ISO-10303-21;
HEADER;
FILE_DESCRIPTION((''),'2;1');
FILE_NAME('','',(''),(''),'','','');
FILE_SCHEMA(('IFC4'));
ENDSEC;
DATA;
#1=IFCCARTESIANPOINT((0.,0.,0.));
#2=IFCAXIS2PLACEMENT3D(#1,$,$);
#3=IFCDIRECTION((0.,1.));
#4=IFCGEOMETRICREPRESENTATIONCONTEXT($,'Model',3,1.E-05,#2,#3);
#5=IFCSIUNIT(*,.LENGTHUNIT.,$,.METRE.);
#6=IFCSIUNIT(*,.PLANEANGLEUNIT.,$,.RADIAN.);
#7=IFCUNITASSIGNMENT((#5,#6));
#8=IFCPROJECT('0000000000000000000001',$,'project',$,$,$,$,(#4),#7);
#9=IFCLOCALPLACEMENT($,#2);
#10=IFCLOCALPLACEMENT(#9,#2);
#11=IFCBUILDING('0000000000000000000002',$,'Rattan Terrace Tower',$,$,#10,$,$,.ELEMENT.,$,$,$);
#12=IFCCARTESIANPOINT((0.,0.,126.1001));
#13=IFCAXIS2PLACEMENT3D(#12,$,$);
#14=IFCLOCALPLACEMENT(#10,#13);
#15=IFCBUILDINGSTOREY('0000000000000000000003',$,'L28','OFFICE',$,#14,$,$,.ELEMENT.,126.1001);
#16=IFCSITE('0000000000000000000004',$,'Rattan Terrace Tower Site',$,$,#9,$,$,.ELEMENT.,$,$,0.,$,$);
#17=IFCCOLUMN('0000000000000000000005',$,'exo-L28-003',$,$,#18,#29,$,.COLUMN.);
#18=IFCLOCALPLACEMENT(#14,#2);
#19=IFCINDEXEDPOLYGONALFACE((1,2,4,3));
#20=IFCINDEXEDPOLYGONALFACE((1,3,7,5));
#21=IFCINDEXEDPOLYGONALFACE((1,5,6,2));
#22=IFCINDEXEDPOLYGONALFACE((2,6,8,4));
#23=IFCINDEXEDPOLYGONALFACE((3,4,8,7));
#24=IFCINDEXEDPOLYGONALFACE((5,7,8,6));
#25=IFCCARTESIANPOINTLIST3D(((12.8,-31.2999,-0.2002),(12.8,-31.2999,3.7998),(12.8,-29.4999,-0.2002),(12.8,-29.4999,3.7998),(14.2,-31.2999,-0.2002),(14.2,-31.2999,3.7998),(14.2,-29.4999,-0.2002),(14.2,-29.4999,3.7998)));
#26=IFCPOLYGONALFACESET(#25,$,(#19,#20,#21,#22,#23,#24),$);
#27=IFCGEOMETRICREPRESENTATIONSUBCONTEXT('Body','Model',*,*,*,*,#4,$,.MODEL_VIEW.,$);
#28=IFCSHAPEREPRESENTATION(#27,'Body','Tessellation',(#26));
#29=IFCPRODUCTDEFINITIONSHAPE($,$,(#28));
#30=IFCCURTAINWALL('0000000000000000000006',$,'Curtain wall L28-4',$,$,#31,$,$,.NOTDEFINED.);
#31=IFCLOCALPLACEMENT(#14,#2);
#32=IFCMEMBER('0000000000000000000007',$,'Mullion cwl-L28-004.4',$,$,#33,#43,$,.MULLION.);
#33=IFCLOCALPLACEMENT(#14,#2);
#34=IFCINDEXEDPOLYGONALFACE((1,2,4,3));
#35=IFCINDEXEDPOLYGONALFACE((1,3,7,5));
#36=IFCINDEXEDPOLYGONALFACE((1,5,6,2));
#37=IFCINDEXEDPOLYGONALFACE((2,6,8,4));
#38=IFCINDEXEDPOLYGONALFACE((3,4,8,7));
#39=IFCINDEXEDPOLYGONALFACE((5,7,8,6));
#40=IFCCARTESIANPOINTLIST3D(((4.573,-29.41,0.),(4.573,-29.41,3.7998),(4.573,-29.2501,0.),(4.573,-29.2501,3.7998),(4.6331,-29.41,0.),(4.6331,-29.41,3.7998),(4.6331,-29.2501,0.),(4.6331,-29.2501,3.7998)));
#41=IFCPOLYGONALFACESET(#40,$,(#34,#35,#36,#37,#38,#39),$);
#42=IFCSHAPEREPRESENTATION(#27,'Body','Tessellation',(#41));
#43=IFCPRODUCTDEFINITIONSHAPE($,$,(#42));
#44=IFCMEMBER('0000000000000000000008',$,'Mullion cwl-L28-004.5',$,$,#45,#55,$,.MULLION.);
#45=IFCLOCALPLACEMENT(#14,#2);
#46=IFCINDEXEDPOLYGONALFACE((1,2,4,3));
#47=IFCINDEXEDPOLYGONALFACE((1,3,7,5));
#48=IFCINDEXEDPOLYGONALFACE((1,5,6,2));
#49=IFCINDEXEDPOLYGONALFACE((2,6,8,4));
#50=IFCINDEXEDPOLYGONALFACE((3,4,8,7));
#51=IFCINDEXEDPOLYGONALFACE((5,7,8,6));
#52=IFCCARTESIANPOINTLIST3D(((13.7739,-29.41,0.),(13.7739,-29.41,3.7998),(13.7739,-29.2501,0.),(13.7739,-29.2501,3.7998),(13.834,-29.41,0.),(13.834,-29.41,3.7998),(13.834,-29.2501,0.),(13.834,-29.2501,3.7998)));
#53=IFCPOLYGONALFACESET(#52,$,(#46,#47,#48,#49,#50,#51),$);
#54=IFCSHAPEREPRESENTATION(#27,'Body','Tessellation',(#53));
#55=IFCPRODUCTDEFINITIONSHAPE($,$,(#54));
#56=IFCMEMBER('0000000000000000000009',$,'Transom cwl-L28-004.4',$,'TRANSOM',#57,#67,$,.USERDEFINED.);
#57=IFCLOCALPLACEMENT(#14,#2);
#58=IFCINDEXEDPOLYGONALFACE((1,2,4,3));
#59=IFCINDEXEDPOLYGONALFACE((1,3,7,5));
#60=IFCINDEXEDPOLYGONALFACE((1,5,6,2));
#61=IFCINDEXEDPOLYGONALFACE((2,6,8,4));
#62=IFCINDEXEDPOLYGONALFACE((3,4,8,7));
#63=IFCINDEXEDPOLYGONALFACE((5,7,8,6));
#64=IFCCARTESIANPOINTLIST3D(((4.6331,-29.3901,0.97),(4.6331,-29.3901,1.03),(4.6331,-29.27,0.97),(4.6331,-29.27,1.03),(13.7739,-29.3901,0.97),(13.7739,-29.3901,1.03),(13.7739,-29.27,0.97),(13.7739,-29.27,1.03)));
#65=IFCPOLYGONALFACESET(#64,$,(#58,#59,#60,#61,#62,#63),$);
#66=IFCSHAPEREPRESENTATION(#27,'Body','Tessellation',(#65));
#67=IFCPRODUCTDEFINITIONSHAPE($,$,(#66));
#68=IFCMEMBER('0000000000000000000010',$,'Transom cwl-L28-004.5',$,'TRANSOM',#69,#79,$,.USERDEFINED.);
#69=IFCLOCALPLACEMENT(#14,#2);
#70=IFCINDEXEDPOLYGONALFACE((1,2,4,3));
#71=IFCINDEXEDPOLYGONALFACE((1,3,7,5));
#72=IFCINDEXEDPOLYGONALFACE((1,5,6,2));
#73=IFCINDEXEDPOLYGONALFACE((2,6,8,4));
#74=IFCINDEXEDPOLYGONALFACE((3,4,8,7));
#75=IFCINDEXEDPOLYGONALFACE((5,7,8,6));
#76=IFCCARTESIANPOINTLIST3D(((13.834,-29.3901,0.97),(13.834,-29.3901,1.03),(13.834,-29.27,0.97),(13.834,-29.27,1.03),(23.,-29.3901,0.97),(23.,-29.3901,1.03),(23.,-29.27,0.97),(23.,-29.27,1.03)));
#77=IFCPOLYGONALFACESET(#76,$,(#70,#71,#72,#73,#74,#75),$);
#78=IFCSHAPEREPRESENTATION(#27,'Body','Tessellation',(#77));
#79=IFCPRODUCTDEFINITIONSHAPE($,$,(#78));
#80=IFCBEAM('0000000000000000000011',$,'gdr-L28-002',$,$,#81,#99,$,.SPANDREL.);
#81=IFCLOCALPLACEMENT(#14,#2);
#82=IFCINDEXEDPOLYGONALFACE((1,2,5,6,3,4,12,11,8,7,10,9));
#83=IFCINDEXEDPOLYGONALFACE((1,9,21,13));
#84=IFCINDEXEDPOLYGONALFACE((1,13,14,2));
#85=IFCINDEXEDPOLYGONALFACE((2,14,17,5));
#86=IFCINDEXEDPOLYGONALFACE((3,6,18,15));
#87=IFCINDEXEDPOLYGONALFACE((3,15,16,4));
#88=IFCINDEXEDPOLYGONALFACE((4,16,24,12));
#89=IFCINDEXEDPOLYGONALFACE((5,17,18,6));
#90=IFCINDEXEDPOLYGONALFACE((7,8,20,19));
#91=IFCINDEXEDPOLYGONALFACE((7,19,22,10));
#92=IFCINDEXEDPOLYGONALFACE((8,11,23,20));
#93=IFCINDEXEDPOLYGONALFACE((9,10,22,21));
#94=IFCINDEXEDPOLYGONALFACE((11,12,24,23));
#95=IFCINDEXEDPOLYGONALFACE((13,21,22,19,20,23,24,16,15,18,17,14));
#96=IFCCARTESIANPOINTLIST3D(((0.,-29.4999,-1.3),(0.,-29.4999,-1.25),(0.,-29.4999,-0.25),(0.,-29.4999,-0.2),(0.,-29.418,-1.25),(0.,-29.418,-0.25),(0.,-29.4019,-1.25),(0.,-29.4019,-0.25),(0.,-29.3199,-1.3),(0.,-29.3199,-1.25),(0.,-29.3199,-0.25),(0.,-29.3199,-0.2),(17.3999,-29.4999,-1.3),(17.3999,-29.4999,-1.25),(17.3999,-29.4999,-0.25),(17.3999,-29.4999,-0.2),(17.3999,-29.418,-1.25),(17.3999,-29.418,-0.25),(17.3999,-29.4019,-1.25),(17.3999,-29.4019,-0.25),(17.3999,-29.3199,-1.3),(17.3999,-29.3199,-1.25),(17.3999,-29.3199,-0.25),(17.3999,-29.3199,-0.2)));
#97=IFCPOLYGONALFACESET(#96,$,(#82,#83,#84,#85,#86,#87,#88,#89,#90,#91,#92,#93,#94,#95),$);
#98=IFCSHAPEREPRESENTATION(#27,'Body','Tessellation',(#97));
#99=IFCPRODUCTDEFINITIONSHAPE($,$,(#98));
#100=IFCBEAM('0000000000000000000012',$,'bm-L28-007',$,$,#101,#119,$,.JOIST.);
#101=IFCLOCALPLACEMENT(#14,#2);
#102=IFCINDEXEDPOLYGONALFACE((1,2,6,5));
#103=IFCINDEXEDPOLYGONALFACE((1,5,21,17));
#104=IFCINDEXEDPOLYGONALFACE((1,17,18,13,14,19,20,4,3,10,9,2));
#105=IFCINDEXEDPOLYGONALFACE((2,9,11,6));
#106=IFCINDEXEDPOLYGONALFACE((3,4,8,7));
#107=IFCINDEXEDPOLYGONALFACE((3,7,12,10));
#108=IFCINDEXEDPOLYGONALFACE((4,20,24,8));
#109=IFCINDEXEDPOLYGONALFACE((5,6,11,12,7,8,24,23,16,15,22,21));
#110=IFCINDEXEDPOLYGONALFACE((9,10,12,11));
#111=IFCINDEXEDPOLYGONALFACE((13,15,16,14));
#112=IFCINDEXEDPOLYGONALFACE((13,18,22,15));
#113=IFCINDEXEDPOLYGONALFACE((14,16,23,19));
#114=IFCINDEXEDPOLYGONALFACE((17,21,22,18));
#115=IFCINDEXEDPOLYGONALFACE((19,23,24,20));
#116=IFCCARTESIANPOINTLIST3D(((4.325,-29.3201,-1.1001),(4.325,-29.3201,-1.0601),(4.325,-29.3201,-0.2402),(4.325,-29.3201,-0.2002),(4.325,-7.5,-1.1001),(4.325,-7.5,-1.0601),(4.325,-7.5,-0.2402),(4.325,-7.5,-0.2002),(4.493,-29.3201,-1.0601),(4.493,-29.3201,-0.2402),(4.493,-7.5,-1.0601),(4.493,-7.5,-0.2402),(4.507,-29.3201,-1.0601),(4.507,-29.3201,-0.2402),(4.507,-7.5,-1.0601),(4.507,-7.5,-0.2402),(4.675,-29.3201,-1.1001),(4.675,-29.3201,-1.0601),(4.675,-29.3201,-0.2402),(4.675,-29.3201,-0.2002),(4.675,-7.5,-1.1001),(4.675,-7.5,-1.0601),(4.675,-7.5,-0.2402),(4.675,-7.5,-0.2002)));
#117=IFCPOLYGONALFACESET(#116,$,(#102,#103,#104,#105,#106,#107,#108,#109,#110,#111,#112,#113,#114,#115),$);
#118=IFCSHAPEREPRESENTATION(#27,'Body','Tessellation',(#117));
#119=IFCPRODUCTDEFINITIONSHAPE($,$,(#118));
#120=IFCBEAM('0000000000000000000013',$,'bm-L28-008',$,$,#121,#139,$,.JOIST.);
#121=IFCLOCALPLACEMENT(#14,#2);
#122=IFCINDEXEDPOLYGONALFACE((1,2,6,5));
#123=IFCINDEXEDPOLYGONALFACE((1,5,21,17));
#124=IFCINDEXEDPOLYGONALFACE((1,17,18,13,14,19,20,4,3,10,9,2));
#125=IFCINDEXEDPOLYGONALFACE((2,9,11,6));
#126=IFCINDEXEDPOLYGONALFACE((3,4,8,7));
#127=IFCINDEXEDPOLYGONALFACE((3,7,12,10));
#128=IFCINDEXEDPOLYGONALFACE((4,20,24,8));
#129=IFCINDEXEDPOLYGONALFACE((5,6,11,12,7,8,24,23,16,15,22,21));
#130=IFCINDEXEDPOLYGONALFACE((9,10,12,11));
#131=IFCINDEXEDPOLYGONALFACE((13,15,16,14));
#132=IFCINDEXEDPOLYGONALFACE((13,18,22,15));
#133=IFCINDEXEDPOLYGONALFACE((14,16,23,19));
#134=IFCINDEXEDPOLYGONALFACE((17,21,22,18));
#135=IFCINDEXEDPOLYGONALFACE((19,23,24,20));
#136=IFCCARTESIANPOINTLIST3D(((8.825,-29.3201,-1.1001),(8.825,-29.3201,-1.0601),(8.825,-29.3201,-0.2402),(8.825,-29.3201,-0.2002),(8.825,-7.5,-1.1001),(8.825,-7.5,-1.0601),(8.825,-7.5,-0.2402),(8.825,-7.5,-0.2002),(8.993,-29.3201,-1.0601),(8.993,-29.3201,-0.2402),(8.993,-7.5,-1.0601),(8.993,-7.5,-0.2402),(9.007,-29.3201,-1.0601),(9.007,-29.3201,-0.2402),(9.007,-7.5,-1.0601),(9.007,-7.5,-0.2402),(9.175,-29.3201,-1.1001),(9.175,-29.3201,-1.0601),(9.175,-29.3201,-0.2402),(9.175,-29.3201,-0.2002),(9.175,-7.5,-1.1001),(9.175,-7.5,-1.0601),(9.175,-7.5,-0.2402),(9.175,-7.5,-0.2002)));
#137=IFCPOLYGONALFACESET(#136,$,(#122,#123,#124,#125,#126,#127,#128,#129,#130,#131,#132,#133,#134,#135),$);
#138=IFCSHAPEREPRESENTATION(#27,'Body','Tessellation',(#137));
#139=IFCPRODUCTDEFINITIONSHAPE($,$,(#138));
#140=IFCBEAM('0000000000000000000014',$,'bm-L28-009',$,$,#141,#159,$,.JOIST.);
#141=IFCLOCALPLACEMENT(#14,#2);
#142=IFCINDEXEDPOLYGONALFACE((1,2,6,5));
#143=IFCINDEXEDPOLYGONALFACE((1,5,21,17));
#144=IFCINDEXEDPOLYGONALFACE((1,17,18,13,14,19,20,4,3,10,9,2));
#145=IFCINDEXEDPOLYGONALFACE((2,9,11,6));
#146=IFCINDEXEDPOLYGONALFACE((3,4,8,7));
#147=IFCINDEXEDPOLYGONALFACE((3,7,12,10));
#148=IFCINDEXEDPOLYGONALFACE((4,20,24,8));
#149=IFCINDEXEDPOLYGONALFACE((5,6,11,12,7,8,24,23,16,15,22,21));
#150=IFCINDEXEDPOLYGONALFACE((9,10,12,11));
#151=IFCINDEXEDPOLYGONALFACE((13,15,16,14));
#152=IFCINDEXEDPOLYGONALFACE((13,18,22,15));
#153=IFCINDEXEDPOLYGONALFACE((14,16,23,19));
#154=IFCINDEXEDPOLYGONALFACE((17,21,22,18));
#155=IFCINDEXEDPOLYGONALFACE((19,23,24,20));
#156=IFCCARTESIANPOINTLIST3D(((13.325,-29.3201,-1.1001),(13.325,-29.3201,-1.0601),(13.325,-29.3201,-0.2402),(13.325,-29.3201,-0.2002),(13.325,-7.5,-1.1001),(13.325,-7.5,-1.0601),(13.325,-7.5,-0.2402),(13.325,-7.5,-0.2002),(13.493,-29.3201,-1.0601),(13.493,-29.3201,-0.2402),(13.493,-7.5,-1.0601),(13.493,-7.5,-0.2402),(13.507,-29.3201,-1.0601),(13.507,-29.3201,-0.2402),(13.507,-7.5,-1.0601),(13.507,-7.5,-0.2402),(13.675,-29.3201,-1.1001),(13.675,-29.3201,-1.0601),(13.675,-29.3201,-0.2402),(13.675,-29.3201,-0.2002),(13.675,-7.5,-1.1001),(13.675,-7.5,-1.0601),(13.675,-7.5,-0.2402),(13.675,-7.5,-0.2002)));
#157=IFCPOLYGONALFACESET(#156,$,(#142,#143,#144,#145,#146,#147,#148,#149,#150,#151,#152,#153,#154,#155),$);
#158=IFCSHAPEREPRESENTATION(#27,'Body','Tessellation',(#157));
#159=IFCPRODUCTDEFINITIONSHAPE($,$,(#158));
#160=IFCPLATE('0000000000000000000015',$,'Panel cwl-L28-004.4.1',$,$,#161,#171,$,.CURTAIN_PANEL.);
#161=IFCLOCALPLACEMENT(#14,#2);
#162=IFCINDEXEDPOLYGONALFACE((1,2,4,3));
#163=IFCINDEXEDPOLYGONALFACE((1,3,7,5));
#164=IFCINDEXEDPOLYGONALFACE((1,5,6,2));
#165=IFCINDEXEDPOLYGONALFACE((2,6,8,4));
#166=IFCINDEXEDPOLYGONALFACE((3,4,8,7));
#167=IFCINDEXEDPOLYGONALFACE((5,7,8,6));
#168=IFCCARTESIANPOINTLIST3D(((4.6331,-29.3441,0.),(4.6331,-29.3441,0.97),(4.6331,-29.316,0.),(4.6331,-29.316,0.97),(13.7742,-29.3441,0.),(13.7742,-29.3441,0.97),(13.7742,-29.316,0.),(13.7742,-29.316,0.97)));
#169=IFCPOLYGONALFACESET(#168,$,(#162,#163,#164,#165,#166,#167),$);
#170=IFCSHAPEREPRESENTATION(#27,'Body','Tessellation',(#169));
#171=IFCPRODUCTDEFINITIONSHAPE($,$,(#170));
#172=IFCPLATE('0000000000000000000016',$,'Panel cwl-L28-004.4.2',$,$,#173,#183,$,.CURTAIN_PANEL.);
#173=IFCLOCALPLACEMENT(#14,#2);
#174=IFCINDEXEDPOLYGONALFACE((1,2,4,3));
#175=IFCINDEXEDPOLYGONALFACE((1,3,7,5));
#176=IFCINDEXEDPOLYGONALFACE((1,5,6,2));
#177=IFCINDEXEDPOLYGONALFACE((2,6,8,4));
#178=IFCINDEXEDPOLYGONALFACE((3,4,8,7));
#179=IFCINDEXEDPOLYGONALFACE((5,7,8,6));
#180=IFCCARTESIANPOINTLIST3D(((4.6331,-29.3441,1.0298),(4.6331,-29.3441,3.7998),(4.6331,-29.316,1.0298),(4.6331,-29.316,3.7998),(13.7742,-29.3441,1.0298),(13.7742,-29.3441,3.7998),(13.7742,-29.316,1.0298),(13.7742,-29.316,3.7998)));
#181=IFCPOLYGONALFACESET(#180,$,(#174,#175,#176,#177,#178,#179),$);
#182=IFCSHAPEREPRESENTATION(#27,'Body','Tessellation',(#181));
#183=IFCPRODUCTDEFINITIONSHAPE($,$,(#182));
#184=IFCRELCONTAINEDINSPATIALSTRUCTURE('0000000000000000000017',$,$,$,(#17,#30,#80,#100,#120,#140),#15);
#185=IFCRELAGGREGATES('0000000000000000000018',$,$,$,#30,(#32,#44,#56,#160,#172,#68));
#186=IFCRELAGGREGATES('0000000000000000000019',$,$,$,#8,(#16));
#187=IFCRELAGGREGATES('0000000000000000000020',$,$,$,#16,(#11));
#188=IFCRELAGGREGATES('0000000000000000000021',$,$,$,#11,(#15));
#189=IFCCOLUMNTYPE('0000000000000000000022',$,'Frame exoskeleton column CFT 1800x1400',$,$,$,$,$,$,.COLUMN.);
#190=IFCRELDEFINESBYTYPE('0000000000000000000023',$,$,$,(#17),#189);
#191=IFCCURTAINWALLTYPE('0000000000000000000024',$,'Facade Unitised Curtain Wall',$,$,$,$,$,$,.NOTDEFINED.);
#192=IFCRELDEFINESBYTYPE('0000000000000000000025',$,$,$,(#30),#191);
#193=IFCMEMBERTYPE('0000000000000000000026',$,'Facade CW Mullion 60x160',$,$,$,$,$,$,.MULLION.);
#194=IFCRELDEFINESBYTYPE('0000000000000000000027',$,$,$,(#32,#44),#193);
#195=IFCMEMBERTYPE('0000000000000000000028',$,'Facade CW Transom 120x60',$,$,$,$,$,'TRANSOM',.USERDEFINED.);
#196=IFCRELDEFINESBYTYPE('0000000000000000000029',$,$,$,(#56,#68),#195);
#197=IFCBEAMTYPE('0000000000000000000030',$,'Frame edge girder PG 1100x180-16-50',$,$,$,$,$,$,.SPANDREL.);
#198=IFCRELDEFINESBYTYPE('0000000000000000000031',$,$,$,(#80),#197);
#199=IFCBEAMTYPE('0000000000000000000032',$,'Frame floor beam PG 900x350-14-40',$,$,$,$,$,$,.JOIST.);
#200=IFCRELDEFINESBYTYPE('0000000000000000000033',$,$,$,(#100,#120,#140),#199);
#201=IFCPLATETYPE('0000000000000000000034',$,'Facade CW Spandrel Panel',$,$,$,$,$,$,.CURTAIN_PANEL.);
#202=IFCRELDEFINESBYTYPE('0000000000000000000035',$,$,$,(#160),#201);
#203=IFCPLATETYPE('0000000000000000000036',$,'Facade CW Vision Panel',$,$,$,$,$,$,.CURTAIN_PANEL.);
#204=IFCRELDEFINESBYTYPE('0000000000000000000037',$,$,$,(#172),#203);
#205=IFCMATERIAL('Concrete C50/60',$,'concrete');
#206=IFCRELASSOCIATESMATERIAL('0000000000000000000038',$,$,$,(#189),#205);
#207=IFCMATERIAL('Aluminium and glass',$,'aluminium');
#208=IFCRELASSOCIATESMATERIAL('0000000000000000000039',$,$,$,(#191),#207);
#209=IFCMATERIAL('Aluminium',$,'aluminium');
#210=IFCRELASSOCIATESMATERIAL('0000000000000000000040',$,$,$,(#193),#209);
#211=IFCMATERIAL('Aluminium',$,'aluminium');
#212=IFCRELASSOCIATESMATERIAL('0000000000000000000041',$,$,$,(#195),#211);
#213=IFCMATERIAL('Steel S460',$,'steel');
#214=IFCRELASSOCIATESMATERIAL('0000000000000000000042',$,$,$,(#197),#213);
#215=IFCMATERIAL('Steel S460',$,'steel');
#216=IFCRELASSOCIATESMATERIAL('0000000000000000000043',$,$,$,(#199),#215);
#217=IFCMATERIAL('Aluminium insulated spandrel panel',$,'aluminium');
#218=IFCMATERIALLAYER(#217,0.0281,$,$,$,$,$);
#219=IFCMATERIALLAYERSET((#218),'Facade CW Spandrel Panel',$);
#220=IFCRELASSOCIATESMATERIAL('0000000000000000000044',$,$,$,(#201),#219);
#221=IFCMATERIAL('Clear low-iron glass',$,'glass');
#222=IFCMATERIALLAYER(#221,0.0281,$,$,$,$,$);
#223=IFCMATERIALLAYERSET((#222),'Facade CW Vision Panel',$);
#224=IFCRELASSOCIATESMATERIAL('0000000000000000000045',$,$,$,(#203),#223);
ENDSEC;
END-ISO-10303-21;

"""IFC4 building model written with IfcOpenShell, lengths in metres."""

from ifc_helpers import new_model, si_unit, direction, frame, origin, origin_2d, place, context, subcontext, project, spatial, rectangle, i_section, extrude, material, layer, layer_set, material_profile, profile_set, type_object, element, aggregate, save


model = new_model("IFC4")

# Units and contexts
model_context = context("Model", 3, precision=1e-05, world=origin(), true_north=direction((0.0, 1.0)))
body_context = subcontext(model_context, "Body", "Model", "MODEL_VIEW")
ifc_project = project(units=[si_unit("LENGTHUNIT", "METRE"), si_unit("PLANEANGLEUNIT", "RADIAN")], contexts=[model_context])

# Site, building, storey
site_placement = place(None, origin())
site = spatial("IfcSite", under=ifc_project, at=site_placement, Name="Rattan Terrace Tower Site", CompositionType="ELEMENT", RefElevation=0.0)
building_placement = place(site_placement, origin())
building = spatial("IfcBuilding", under=site, at=building_placement, Name="Rattan Terrace Tower", CompositionType="ELEMENT")
storey_placement = place(building_placement, frame((0.0, 0.0, 126.1001)))
storey = spatial("IfcBuildingStorey", under=building, at=storey_placement, Name="L28", Description="OFFICE", CompositionType="ELEMENT", Elevation=126.1001)

# Column
ifc_material_1 = material(Name="Concrete C50/60", Category="concrete")
ifc_material_profile_1 = material_profile(ifc_material_1, rectangle(XDim=1.3999, YDim=1.8, at=origin_2d()), Name="CFT 1800x1400")
ifc_profile_set_1 = profile_set([ifc_material_profile_1], Name="Concrete C50/60")
column_type = type_object("IfcColumnType", Name="Frame exoskeleton column CFT 1800x1400", PredefinedType="COLUMN", material=ifc_profile_set_1)
column_placement = place(storey_placement, frame((13.5, -30.3999, -0.2002), z_axis=(0.0, 0.0, 1.0), x_axis=(1.0, 0.0, 0.0)))
element("IfcColumn", 1, at=column_placement, inside=storey, type_object=column_type, Name="exo-L28-003", PredefinedType="COLUMN", context=body_context, shape_type="SweptSolid", body=[
    extrude(rectangle(XDim=1.3999, YDim=1.8, at=origin_2d()), origin(), (0.0, 0.0, 1.0), 4.0),
])

# Curtain wall, members
ifc_material_2 = material(Name="Aluminium and glass", Category="aluminium")
curtain_wall_type = type_object("IfcCurtainWallType", Name="Facade Unitised Curtain Wall", PredefinedType="NOTDEFINED", material=ifc_material_2)
curtain_wall_placement = place(storey_placement, origin())
curtain_wall = element("IfcCurtainWall", 2, at=curtain_wall_placement, inside=storey, type_object=curtain_wall_type, Name="Curtain wall L28-4", PredefinedType="NOTDEFINED")
ifc_material_3 = material(Name="Aluminium", Category="aluminium")
ifc_material_profile_2 = material_profile(ifc_material_3, rectangle(XDim=0.0601, YDim=0.1599, at=origin_2d()), Name="Aluminium 60x160")
ifc_profile_set_2 = profile_set([ifc_material_profile_2], Name="Aluminium")
member_type_1 = type_object("IfcMemberType", Name="Facade CW Mullion 60x160", PredefinedType="MULLION", material=ifc_profile_set_2)
member_1_placement = place(storey_placement, frame((4.603, -29.3301, 0.0), z_axis=(0.0, 0.0, 1.0), x_axis=(1.0, 0.0, 0.0)))
member_1 = element("IfcMember", 3, at=member_1_placement, type_object=member_type_1, Name="Mullion cwl-L28-004.4", PredefinedType="MULLION", context=body_context, shape_type="SweptSolid", body=[
    extrude(rectangle(XDim=0.0601, YDim=0.1599, at=origin_2d()), origin(), (0.0, 0.0, 1.0), 3.7998),
])
member_2_placement = place(storey_placement, frame((13.804, -29.3301, 0.0), z_axis=(0.0, 0.0, 1.0), x_axis=(1.0, 0.0, 0.0)))
member_2 = element("IfcMember", 4, at=member_2_placement, type_object=member_type_1, Name="Mullion cwl-L28-004.5", PredefinedType="MULLION", context=body_context, shape_type="SweptSolid", body=[
    extrude(rectangle(XDim=0.0601, YDim=0.1599, at=origin_2d()), origin(), (0.0, 0.0, 1.0), 3.7998),
])
ifc_material_4 = material(Name="Aluminium", Category="aluminium")
ifc_material_profile_3 = material_profile(ifc_material_4, rectangle(XDim=0.1201, YDim=0.0601, at=origin_2d()), Name="Aluminium 120x60")
ifc_profile_set_3 = profile_set([ifc_material_profile_3], Name="Aluminium")
member_type_2 = type_object("IfcMemberType", Name="Facade CW Transom 120x60", ElementType="TRANSOM", PredefinedType="USERDEFINED", material=ifc_profile_set_3)
member_3_placement = place(storey_placement, frame((4.6331, -29.3301, 1.0), z_axis=(1.0, 0.0, 0.0), x_axis=(0.0, 1.0, 0.0)))
member_3 = element("IfcMember", 5, at=member_3_placement, type_object=member_type_2, Name="Transom cwl-L28-004.4", ObjectType="TRANSOM", PredefinedType="USERDEFINED", context=body_context, shape_type="SweptSolid", body=[
    extrude(rectangle(XDim=0.1201, YDim=0.0601, at=origin_2d()), origin(), (0.0, 0.0, 1.0), 9.1409),
])
member_4_placement = place(storey_placement, frame((13.834, -29.3301, 1.0), z_axis=(1.0, 0.0, 0.0), x_axis=(0.0, 1.0, 0.0)))
member_4 = element("IfcMember", 6, at=member_4_placement, type_object=member_type_2, Name="Transom cwl-L28-004.5", ObjectType="TRANSOM", PredefinedType="USERDEFINED", context=body_context, shape_type="SweptSolid", body=[
    extrude(rectangle(XDim=0.1201, YDim=0.0601, at=origin_2d()), origin(), (0.0, 0.0, 1.0), 9.166),
])

# Beams
ifc_material_5 = material(Name="Steel S460", Category="steel")
ifc_material_profile_4 = material_profile(ifc_material_5, i_section(OverallWidth=0.1799, OverallDepth=1.1001, WebThickness=0.0161, FlangeThickness=0.05, at=origin_2d()), Name="PG 1100x180-16-50")
ifc_profile_set_4 = profile_set([ifc_material_profile_4], Name="Steel S460")
beam_type_1 = type_object("IfcBeamType", Name="Frame edge girder PG 1100x180-16-50", PredefinedType="SPANDREL", material=ifc_profile_set_4)
beam_placement = place(storey_placement, frame((17.3999, -29.4099, -0.75), z_axis=(-1.0, 0.0, 0.0), x_axis=(0.0, -1.0, 0.0)))
element("IfcBeam", 7, at=beam_placement, inside=storey, type_object=beam_type_1, Name="gdr-L28-002", PredefinedType="SPANDREL", context=body_context, shape_type="SweptSolid", body=[
    extrude(i_section(OverallWidth=0.1799, OverallDepth=1.1001, WebThickness=0.0161, FlangeThickness=0.05, at=origin_2d()), origin(), (0.0, 0.0, 1.0), 17.3999),
])
ifc_material_6 = material(Name="Steel S460", Category="steel")
ifc_material_profile_5 = material_profile(ifc_material_6, i_section(OverallWidth=0.3501, OverallDepth=0.8999, WebThickness=0.0139, FlangeThickness=0.04, at=origin_2d()), Name="PG 900x350-14-40")
ifc_profile_set_5 = profile_set([ifc_material_profile_5], Name="Steel S460")
beam_type_2 = type_object("IfcBeamType", Name="Frame floor beam PG 900x350-14-40", PredefinedType="JOIST", material=ifc_profile_set_5)
for number, where, z_axis, x_axis, name in (
    (8, (4.5, -29.3201, -0.6501), (0.0, 1.0, 0.0), (-1.0, 0.0, 0.0), "bm-L28-007"),
    (9, (9.0, -29.3201, -0.6501), (0.0, 1.0, 0.0), (-1.0, 0.0, 0.0), "bm-L28-008"),
    (10, (13.5, -29.3201, -0.6501), (0.0, 1.0, 0.0), (-1.0, 0.0, 0.0), "bm-L28-009"),
):
    element("IfcBeam", number, at=place(storey_placement, frame(where, z_axis=z_axis, x_axis=x_axis)), inside=storey, type_object=beam_type_2, Name=name, PredefinedType="JOIST", context=body_context, shape_type="SweptSolid", body=[
        extrude(i_section(OverallWidth=0.3501, OverallDepth=0.8999, WebThickness=0.0139, FlangeThickness=0.04, at=origin_2d()), origin(), (0.0, 0.0, 1.0), 21.8201),
    ])

# Plates
ifc_material_7 = material(Name="Aluminium insulated spandrel panel", Category="aluminium")
ifc_layer_1 = layer(ifc_material_7, 0.0281)
ifc_layer_set_1 = layer_set([ifc_layer_1], Name="Facade CW Spandrel Panel")
plate_type_1 = type_object("IfcPlateType", Name="Facade CW Spandrel Panel", PredefinedType="CURTAIN_PANEL", material=ifc_layer_set_1)
plate_1_placement = place(storey_placement, frame((9.2036, -29.3301, 0.0), z_axis=(0.0, 0.0, 1.0), x_axis=(1.0, 0.0, 0.0)))
plate_1 = element("IfcPlate", 11, at=plate_1_placement, type_object=plate_type_1, Name="Panel cwl-L28-004.4.1", PredefinedType="CURTAIN_PANEL", context=body_context, shape_type="SweptSolid", body=[
    extrude(rectangle(XDim=9.1411, YDim=0.0281, at=origin_2d()), origin(), (0.0, 0.0, 1.0), 0.97),
])
ifc_material_8 = material(Name="Clear low-iron glass", Category="glass")
ifc_layer_2 = layer(ifc_material_8, 0.0281)
ifc_layer_set_2 = layer_set([ifc_layer_2], Name="Facade CW Vision Panel")
plate_type_2 = type_object("IfcPlateType", Name="Facade CW Vision Panel", PredefinedType="CURTAIN_PANEL", material=ifc_layer_set_2)
plate_2_placement = place(storey_placement, frame((9.2036, -29.3301, 1.0298), z_axis=(0.0, 0.0, 1.0), x_axis=(1.0, 0.0, 0.0)))
plate_2 = element("IfcPlate", 12, at=plate_2_placement, type_object=plate_type_2, Name="Panel cwl-L28-004.4.2", PredefinedType="CURTAIN_PANEL", context=body_context, shape_type="SweptSolid", body=[
    extrude(rectangle(XDim=9.1411, YDim=0.0281, at=origin_2d()), origin(), (0.0, 0.0, 1.0), 2.77),
])
aggregate(curtain_wall, [member_1, member_2, member_3, plate_1, plate_2, member_4])

save(model, "model.ifc")
